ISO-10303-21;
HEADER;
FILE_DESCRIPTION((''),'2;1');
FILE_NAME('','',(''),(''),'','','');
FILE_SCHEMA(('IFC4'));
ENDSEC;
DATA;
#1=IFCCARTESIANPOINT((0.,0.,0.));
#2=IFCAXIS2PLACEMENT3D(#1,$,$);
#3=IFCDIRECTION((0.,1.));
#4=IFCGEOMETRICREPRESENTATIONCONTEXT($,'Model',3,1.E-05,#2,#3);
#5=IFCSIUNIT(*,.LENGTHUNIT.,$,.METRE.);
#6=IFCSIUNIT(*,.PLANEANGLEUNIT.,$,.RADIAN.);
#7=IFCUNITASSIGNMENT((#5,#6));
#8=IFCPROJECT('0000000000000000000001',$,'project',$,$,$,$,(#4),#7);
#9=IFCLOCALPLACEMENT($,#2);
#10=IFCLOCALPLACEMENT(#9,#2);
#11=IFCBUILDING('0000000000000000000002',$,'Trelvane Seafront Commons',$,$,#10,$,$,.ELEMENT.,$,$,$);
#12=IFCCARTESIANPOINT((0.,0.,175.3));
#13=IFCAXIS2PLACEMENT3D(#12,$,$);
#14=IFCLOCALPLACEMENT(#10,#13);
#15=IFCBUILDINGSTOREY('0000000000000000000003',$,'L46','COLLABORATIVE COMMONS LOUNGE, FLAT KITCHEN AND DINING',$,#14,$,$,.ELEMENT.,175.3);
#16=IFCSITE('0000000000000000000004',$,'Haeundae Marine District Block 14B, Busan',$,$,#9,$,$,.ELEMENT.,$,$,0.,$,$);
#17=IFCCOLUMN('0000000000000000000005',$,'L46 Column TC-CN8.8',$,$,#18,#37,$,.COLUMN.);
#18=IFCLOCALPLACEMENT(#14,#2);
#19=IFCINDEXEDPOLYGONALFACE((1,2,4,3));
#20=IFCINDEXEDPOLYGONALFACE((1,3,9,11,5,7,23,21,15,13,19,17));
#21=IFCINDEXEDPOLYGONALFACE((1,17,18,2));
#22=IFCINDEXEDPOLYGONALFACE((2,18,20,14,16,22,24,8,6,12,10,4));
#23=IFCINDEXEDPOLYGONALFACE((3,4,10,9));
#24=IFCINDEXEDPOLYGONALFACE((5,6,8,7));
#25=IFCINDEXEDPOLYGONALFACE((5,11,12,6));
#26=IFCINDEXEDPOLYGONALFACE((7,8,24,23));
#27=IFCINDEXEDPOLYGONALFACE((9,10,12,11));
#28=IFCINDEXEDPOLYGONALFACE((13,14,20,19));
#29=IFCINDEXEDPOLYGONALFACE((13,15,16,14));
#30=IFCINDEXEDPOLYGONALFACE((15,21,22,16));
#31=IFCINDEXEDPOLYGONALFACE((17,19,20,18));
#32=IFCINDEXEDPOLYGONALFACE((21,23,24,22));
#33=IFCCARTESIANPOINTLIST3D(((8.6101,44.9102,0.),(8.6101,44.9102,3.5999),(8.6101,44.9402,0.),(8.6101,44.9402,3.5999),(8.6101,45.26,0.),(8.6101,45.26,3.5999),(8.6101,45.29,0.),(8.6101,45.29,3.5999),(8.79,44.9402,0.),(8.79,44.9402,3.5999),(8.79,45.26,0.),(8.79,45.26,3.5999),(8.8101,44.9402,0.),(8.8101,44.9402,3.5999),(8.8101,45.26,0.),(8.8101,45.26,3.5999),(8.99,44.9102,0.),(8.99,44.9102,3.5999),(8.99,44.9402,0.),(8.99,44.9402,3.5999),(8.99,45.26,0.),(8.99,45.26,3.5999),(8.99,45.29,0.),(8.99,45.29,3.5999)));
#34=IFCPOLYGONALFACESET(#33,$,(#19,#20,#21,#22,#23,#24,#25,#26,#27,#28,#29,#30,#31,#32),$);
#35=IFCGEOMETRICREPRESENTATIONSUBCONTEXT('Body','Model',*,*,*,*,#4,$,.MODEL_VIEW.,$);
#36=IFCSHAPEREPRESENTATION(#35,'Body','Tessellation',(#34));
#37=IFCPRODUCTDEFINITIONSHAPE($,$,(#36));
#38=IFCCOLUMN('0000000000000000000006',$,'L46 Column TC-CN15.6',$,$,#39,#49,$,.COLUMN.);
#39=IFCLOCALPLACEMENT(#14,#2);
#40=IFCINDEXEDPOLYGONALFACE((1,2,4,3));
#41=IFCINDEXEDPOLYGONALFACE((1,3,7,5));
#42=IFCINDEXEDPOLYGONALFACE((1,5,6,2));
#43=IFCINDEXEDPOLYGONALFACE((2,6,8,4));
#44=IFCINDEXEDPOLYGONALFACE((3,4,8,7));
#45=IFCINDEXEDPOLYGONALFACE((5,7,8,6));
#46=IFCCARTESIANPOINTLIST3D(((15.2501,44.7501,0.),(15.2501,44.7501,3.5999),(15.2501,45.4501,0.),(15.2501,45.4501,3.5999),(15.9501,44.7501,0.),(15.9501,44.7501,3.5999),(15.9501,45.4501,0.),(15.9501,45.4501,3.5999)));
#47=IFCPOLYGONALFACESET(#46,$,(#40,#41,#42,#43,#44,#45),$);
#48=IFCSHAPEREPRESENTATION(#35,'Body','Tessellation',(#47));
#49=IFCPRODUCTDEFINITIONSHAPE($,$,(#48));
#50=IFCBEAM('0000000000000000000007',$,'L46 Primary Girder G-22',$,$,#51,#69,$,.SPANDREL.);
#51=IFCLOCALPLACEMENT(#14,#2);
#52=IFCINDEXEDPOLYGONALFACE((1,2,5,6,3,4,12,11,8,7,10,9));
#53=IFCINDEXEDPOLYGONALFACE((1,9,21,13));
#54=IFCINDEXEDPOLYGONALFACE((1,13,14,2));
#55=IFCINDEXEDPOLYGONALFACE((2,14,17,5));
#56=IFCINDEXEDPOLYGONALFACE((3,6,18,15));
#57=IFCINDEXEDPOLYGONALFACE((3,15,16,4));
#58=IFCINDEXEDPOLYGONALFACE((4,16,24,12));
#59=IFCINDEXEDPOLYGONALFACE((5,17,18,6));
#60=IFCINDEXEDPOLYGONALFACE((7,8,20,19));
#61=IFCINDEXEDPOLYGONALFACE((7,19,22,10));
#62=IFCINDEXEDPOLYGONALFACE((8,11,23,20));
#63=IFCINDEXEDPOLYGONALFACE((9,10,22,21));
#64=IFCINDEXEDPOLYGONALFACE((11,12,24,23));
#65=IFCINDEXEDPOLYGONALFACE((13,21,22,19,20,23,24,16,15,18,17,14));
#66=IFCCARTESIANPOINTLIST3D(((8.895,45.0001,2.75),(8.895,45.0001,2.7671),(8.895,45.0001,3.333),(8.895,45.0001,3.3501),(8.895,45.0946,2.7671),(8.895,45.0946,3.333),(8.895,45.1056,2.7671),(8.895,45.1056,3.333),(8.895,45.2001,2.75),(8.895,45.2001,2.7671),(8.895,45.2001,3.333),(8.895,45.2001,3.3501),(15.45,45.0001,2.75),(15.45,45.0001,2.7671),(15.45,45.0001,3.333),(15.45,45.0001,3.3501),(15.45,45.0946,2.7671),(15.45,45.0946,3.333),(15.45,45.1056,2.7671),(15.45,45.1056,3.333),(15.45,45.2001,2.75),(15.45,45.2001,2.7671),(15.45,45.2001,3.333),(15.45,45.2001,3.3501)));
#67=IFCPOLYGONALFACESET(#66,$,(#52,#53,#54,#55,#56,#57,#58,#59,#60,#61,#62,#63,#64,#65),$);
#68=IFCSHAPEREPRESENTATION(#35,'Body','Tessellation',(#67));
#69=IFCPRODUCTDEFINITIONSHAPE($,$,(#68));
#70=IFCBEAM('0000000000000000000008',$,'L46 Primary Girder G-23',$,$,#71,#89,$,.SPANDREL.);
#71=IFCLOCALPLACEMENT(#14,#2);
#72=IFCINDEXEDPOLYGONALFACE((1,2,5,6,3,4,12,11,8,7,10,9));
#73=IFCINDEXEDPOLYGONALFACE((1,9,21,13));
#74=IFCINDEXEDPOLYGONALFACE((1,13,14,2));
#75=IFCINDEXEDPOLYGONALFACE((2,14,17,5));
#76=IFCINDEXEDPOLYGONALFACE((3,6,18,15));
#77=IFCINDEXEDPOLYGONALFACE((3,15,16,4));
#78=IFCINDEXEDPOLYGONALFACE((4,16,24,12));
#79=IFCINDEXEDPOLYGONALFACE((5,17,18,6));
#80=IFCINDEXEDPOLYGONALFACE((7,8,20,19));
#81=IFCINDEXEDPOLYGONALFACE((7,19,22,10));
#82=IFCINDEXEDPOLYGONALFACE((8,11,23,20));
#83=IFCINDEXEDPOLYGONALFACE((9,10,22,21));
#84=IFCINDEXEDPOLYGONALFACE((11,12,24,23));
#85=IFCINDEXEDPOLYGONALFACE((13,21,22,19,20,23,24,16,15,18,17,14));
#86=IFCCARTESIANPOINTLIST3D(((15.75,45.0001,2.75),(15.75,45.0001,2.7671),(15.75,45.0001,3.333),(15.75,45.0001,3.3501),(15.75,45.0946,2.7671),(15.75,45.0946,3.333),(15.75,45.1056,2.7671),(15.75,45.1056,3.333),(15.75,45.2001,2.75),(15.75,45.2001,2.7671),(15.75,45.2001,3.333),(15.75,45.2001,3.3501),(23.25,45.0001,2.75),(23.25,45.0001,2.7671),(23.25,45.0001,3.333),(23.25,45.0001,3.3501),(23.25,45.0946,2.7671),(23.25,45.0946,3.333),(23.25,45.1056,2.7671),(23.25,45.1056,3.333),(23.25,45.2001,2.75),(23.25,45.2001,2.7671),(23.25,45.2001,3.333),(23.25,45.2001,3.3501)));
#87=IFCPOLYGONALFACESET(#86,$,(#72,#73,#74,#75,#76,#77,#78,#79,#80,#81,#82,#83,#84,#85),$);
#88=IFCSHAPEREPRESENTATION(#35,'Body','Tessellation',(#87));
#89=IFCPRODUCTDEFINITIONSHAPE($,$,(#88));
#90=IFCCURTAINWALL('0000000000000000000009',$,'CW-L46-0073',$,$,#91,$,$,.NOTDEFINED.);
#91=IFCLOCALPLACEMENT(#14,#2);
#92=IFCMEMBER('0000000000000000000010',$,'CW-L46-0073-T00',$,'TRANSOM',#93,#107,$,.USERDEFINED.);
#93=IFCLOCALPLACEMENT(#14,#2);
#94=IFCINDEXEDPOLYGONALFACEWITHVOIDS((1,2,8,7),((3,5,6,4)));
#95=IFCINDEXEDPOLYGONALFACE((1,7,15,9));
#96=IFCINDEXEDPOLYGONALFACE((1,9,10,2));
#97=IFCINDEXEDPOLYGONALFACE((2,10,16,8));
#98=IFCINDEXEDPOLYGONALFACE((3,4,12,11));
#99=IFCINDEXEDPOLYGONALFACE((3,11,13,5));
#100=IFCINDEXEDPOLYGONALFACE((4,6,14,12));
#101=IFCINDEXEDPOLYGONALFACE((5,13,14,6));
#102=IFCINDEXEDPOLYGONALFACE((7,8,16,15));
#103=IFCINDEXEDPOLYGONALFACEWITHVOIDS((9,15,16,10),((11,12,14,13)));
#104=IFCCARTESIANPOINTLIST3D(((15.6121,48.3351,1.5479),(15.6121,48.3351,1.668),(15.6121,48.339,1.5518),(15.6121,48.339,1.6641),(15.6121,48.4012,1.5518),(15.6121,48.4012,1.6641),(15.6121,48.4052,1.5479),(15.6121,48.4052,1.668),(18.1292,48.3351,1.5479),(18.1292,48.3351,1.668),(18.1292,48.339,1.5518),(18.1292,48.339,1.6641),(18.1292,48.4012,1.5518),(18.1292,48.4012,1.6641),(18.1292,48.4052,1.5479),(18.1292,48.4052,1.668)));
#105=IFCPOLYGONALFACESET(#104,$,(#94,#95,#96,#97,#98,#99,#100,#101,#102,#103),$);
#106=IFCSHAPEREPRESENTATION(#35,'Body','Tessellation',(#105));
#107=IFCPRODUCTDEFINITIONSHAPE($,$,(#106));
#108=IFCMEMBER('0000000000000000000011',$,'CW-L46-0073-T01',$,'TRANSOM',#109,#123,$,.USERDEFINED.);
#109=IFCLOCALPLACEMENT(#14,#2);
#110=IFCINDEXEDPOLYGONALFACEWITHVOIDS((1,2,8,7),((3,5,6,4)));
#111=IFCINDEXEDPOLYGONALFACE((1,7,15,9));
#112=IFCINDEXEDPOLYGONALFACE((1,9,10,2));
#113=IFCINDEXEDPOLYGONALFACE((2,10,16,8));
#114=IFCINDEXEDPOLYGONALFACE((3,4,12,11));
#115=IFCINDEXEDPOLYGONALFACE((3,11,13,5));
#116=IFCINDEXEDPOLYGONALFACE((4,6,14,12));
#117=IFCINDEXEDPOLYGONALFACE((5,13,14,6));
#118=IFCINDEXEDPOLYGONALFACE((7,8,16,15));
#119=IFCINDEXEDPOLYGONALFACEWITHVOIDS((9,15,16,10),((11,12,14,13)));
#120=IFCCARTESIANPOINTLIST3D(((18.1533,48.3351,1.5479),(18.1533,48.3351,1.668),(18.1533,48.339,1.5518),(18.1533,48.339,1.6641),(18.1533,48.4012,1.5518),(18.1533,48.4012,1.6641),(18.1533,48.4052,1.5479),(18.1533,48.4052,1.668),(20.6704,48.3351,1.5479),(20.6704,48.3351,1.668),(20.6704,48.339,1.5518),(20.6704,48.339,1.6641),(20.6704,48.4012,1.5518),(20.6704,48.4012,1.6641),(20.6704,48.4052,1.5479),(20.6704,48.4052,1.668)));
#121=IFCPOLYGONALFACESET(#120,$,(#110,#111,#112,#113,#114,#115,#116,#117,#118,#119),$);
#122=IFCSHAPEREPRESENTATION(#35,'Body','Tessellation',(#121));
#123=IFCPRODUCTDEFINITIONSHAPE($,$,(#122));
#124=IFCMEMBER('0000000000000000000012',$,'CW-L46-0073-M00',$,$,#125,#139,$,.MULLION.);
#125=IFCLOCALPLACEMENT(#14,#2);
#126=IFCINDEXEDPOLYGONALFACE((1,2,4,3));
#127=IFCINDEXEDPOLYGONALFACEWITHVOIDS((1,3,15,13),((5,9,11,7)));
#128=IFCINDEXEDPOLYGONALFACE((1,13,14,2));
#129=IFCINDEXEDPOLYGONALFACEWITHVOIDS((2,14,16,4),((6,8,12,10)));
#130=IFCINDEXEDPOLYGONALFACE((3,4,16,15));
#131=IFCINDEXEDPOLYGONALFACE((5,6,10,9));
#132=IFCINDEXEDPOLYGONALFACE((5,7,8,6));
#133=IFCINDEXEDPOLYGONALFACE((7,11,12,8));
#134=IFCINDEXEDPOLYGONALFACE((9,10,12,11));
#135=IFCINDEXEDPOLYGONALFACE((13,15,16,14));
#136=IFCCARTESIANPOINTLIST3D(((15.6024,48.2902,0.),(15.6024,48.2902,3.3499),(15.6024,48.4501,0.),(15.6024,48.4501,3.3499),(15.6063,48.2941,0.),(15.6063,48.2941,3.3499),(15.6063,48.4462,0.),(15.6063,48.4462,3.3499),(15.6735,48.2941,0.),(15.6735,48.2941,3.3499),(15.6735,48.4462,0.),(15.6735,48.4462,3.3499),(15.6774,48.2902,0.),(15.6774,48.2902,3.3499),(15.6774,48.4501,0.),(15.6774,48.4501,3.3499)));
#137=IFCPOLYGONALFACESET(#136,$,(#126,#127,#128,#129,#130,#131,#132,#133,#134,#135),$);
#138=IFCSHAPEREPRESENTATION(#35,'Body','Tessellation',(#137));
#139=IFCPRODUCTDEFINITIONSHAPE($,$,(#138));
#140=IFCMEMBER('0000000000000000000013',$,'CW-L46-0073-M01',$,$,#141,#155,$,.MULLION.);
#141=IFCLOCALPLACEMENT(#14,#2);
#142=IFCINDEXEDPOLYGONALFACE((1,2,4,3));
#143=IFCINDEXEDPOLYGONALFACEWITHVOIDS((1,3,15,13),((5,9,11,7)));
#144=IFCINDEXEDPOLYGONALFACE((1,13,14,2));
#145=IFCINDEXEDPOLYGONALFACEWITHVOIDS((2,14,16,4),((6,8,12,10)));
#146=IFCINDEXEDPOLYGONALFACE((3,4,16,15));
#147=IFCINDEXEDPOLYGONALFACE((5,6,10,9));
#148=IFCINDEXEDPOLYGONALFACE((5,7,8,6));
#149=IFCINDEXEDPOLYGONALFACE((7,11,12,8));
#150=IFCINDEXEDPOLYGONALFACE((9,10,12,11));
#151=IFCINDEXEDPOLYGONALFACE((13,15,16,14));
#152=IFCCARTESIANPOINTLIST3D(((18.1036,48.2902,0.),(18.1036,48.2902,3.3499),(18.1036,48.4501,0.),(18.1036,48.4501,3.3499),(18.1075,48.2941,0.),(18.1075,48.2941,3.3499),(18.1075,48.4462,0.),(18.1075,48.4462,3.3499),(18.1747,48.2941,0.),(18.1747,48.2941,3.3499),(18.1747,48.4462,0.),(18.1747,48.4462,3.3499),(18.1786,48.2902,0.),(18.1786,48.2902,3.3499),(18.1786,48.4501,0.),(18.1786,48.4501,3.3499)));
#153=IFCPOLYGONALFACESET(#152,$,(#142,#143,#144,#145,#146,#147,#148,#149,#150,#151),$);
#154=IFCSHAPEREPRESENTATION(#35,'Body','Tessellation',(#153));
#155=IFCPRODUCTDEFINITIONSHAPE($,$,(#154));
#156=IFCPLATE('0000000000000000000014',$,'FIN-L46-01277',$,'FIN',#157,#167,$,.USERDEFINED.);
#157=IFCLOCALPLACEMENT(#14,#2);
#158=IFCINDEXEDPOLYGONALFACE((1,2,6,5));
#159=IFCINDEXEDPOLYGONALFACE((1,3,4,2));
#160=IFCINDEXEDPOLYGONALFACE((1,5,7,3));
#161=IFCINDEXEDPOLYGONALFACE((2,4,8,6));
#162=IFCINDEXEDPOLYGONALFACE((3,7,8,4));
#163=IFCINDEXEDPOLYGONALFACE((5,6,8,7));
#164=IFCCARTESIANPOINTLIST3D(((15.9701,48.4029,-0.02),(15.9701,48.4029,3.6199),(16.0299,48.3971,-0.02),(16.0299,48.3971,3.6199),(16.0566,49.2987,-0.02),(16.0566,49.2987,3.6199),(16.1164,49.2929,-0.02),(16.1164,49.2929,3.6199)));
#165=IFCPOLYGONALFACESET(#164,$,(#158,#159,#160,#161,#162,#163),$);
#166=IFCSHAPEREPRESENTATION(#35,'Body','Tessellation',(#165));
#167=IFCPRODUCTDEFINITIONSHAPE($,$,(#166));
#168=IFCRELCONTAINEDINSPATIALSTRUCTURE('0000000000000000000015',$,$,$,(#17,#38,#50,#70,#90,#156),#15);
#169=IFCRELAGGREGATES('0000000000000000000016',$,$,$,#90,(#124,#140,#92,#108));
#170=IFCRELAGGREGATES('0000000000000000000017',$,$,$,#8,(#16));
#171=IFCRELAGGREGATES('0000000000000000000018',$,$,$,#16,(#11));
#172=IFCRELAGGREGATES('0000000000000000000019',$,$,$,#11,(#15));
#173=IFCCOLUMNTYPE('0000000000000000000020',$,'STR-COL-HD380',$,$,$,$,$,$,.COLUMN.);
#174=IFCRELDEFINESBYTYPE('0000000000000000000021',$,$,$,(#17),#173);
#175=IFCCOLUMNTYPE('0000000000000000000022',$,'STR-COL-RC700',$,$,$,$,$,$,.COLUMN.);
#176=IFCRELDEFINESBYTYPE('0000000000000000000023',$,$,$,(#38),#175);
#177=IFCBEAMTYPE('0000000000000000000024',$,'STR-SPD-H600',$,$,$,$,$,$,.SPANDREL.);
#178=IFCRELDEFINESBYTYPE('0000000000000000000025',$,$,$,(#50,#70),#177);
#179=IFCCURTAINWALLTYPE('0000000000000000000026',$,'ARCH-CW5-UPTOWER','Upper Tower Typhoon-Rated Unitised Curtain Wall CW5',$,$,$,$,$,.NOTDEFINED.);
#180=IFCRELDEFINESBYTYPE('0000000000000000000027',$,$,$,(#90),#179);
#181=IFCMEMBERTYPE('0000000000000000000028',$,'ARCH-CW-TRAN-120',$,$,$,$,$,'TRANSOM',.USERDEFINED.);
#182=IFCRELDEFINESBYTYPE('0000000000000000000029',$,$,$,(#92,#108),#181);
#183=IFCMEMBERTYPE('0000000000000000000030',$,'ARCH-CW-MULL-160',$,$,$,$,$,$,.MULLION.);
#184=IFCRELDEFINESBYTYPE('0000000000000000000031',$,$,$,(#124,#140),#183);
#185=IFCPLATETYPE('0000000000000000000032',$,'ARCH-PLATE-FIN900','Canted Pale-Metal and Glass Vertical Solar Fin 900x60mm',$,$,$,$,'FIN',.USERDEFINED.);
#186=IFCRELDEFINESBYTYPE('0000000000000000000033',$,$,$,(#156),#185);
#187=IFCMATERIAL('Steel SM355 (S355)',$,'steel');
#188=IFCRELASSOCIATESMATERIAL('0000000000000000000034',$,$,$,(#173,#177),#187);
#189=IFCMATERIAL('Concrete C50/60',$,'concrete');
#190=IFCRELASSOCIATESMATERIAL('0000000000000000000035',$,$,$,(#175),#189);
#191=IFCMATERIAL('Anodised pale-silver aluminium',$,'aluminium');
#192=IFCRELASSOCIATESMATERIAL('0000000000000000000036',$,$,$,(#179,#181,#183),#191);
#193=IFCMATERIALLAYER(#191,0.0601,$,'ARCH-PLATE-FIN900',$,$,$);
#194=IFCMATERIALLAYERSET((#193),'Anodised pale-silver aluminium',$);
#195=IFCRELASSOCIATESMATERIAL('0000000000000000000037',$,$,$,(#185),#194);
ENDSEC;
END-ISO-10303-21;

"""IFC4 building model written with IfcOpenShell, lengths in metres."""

from ifc_helpers import new_model, si_unit, direction, frame, origin, origin_2d, place, context, subcontext, project, spatial, rectangle, hollow_rectangle, i_section, extrude, source, transform, mapped, material, layer, layer_set, material_profile, profile_set, type_object, element, aggregate, save


model = new_model("IFC4")

# Units and contexts
model_context = context("Model", 3, precision=1e-05, world=origin(), true_north=direction((0.0, 1.0)))
body_context = subcontext(model_context, "Body", "Model", "MODEL_VIEW")
ifc_project = project(units=[si_unit("LENGTHUNIT", "METRE"), si_unit("PLANEANGLEUNIT", "RADIAN")], contexts=[model_context])

# Site, building, storey
site_placement = place(None, origin())
site = spatial("IfcSite", under=ifc_project, at=site_placement, Name="Haeundae Marine District Block 14B, Busan", CompositionType="ELEMENT", RefElevation=0.0)
building_placement = place(site_placement, origin())
building = spatial("IfcBuilding", under=site, at=building_placement, Name="Trelvane Seafront Commons", CompositionType="ELEMENT")
storey_placement = place(building_placement, frame((0.0, 0.0, 175.3)))
storey = spatial("IfcBuildingStorey", under=building, at=storey_placement, Name="L46", Description="COLLABORATIVE COMMONS LOUNGE, FLAT KITCHEN AND DINING", CompositionType="ELEMENT", Elevation=175.3)

# Columns
ifc_material_1 = material(Name="Steel SM355 (S355)", Category="steel")
ifc_material_profile_1 = material_profile(ifc_material_1, i_section(OverallWidth=0.3799, OverallDepth=0.3799, WebThickness=0.02, FlangeThickness=0.03, at=origin_2d()), Name="HD-380x380x20x30")
ifc_profile_set_1 = profile_set([ifc_material_profile_1], Name="Steel SM355 (S355)")
column_type_1 = type_object("IfcColumnType", Name="STR-COL-HD380", PredefinedType="COLUMN", material=ifc_profile_set_1)
shared_shape_1 = source(origin(), body_context, "Body", "SweptSolid", [
    extrude(i_section(OverallWidth=0.3799, OverallDepth=0.3799, WebThickness=0.02, FlangeThickness=0.03, at=origin_2d()), origin(), (0.0, 0.0, 1.0), 3.5999),
])
column_1_placement = place(storey_placement, frame((8.8, 45.1001, 0.0), z_axis=(0.0, 0.0, 1.0), x_axis=(1.0, 0.0, 0.0)))
element("IfcColumn", 1, at=column_1_placement, inside=storey, type_object=column_type_1, Name="L46 Column TC-CN8.8", PredefinedType="COLUMN", context=body_context, shape_type="MappedRepresentation", body=[
    mapped(shared_shape_1, transform((0.0, 0.0, 0.0), x_axis=(1.0, 0.0, 0.0), y_axis=(0.0, 1.0, 0.0), z_axis=(0.0, 0.0, 1.0), scale=1.0)),
])
ifc_material_2 = material(Name="Concrete C50/60", Category="concrete")
ifc_material_profile_2 = material_profile(ifc_material_2, rectangle(XDim=0.7, YDim=0.7, at=origin_2d()), Name="RC-700x700")
ifc_profile_set_2 = profile_set([ifc_material_profile_2], Name="Concrete C50/60")
column_type_2 = type_object("IfcColumnType", Name="STR-COL-RC700", PredefinedType="COLUMN", material=ifc_profile_set_2)
shared_shape_2 = source(origin(), body_context, "Body", "SweptSolid", [
    extrude(rectangle(XDim=0.7, YDim=0.7, at=origin_2d()), origin(), (0.0, 0.0, 1.0), 3.5999),
])
column_2_placement = place(storey_placement, frame((15.6001, 45.1001, 0.0), z_axis=(0.0, 0.0, 1.0), x_axis=(1.0, 0.0, 0.0)))
element("IfcColumn", 2, at=column_2_placement, inside=storey, type_object=column_type_2, Name="L46 Column TC-CN15.6", PredefinedType="COLUMN", context=body_context, shape_type="MappedRepresentation", body=[
    mapped(shared_shape_2, transform((0.0, 0.0, 0.0), x_axis=(1.0, 0.0, 0.0), y_axis=(0.0, 1.0, 0.0), z_axis=(0.0, 0.0, 1.0), scale=1.0)),
])

# Beams
ifc_material_profile_3 = material_profile(ifc_material_1, i_section(OverallWidth=0.2, OverallDepth=0.6001, WebThickness=0.011, FlangeThickness=0.0171, at=origin_2d()), Name="H-600x200x11x17")
ifc_profile_set_3 = profile_set([ifc_material_profile_3], Name="Steel SM355 (S355)")
beam_type = type_object("IfcBeamType", Name="STR-SPD-H600", PredefinedType="SPANDREL", material=ifc_profile_set_3)
shared_shape_3 = source(origin(), body_context, "Body", "SweptSolid", [
    extrude(i_section(OverallWidth=0.2, OverallDepth=0.6001, WebThickness=0.011, FlangeThickness=0.0171, at=origin_2d()), origin(), (0.0, 0.0, 1.0), 6.5549),
])
beam_1_placement = place(storey_placement, frame((8.895, 45.1001, 3.05), z_axis=(1.0, 0.0, 0.0), x_axis=(0.0, 1.0, 0.0)))
element("IfcBeam", 3, at=beam_1_placement, inside=storey, type_object=beam_type, Name="L46 Primary Girder G-22", PredefinedType="SPANDREL", context=body_context, shape_type="MappedRepresentation", body=[
    mapped(shared_shape_3, transform((0.0, 0.0, 0.0), x_axis=(1.0, 0.0, 0.0), y_axis=(0.0, 1.0, 0.0), z_axis=(0.0, 0.0, 1.0), scale=1.0)),
])
shared_shape_4 = source(origin(), body_context, "Body", "SweptSolid", [
    extrude(i_section(OverallWidth=0.2, OverallDepth=0.6001, WebThickness=0.011, FlangeThickness=0.0171, at=origin_2d()), origin(), (0.0, 0.0, 1.0), 7.5),
])
beam_2_placement = place(storey_placement, frame((15.75, 45.1001, 3.05), z_axis=(1.0, 0.0, 0.0), x_axis=(0.0, 1.0, 0.0)))
element("IfcBeam", 4, at=beam_2_placement, inside=storey, type_object=beam_type, Name="L46 Primary Girder G-23", PredefinedType="SPANDREL", context=body_context, shape_type="MappedRepresentation", body=[
    mapped(shared_shape_4, transform((0.0, 0.0, 0.0), x_axis=(1.0, 0.0, 0.0), y_axis=(0.0, 1.0, 0.0), z_axis=(0.0, 0.0, 1.0), scale=1.0)),
])

# Curtain wall, members
ifc_material_3 = material(Name="Anodised pale-silver aluminium", Category="aluminium")
curtain_wall_type = type_object("IfcCurtainWallType", Name="ARCH-CW5-UPTOWER", Description="Upper Tower Typhoon-Rated Unitised Curtain Wall CW5", PredefinedType="NOTDEFINED", material=ifc_material_3)
curtain_wall_placement = place(storey_placement, origin())
curtain_wall = element("IfcCurtainWall", 5, at=curtain_wall_placement, inside=storey, type_object=curtain_wall_type, Name="CW-L46-0073", PredefinedType="NOTDEFINED")
ifc_material_profile_4 = material_profile(ifc_material_3, hollow_rectangle(XDim=0.0701, YDim=0.1201, WallThickness=0.0039, at=origin_2d()), Name="TRAN-70x120x4")
ifc_profile_set_4 = profile_set([ifc_material_profile_4], Name="Anodised pale-silver aluminium")
member_type_1 = type_object("IfcMemberType", Name="ARCH-CW-TRAN-120", ElementType="TRANSOM", PredefinedType="USERDEFINED", material=ifc_profile_set_4)
shared_shape_5 = source(origin(), body_context, "Body", "SweptSolid", [
    extrude(hollow_rectangle(XDim=0.0701, YDim=0.1201, WallThickness=0.0039, at=origin_2d()), origin(), (0.0, 0.0, 1.0), 2.5171),
])
member_1_placement = place(storey_placement, frame((15.6121, 48.3701, 1.6079), z_axis=(1.0, 0.0, 0.0), x_axis=(0.0, 1.0, 0.0)))
member_1 = element("IfcMember", 6, at=member_1_placement, type_object=member_type_1, Name="CW-L46-0073-T00", ObjectType="TRANSOM", PredefinedType="USERDEFINED", context=body_context, shape_type="MappedRepresentation", body=[
    mapped(shared_shape_5, transform((0.0, 0.0, 0.0), x_axis=(1.0, 0.0, 0.0), y_axis=(0.0, 1.0, 0.0), z_axis=(0.0, 0.0, 1.0), scale=1.0)),
])
member_2_placement = place(storey_placement, frame((18.1533, 48.3701, 1.6079), z_axis=(1.0, 0.0, 0.0), x_axis=(0.0, 1.0, 0.0)))
member_2 = element("IfcMember", 7, at=member_2_placement, type_object=member_type_1, Name="CW-L46-0073-T01", ObjectType="TRANSOM", PredefinedType="USERDEFINED", context=body_context, shape_type="MappedRepresentation", body=[
    mapped(shared_shape_5, transform((0.0, 0.0, 0.0), x_axis=(1.0, 0.0, 0.0), y_axis=(0.0, 1.0, 0.0), z_axis=(0.0, 0.0, 1.0), scale=1.0)),
])
ifc_material_profile_5 = material_profile(ifc_material_3, hollow_rectangle(XDim=0.075, YDim=0.1599, WallThickness=0.0039, at=origin_2d()), Name="MULL-75x160x4")
ifc_profile_set_5 = profile_set([ifc_material_profile_5], Name="Anodised pale-silver aluminium")
member_type_2 = type_object("IfcMemberType", Name="ARCH-CW-MULL-160", PredefinedType="MULLION", material=ifc_profile_set_5)
shared_shape_6 = source(origin(), body_context, "Body", "SweptSolid", [
    extrude(hollow_rectangle(XDim=0.075, YDim=0.1599, WallThickness=0.0039, at=origin_2d()), origin(), (0.0, 0.0, 1.0), 3.3499),
])
member_3_placement = place(storey_placement, frame((15.6399, 48.3701, 0.0), z_axis=(0.0, 0.0, 1.0), x_axis=(1.0, 0.0, 0.0)))
member_3 = element("IfcMember", 8, at=member_3_placement, type_object=member_type_2, Name="CW-L46-0073-M00", PredefinedType="MULLION", context=body_context, shape_type="MappedRepresentation", body=[
    mapped(shared_shape_6, transform((0.0, 0.0, 0.0), x_axis=(1.0, 0.0, 0.0), y_axis=(0.0, 1.0, 0.0), z_axis=(0.0, 0.0, 1.0), scale=1.0)),
])
member_4_placement = place(storey_placement, frame((18.1411, 48.3701, 0.0), z_axis=(0.0, 0.0, 1.0), x_axis=(1.0, 0.0, 0.0)))
member_4 = element("IfcMember", 9, at=member_4_placement, type_object=member_type_2, Name="CW-L46-0073-M01", PredefinedType="MULLION", context=body_context, shape_type="MappedRepresentation", body=[
    mapped(shared_shape_6, transform((0.0, 0.0, 0.0), x_axis=(1.0, 0.0, 0.0), y_axis=(0.0, 1.0, 0.0), z_axis=(0.0, 0.0, 1.0), scale=1.0)),
])

# Plate
ifc_layer_1 = layer(ifc_material_3, 0.0601, Name="ARCH-PLATE-FIN900")
ifc_layer_set_1 = layer_set([ifc_layer_1], Name="Anodised pale-silver aluminium")
plate_type_1 = type_object("IfcPlateType", Name="ARCH-PLATE-FIN900", Description="Canted Pale-Metal and Glass Vertical Solar Fin 900x60mm", ElementType="FIN", PredefinedType="USERDEFINED", material=ifc_layer_set_1)
shared_shape_7 = source(origin(), body_context, "Body", "SweptSolid", [
    extrude(rectangle(XDim=0.8999, YDim=0.0601, at=origin_2d()), origin(), (0.0, 0.0, 1.0), 3.6399),
])
for number, where, z_axis, x_axis, name in (
    (10, (16.0432, 48.8479, -0.02), (0.0, 0.0, 1.0), (0.096115, 0.99537, 0.0), "FIN-L46-01277"),
):
    element("IfcPlate", number, at=place(storey_placement, frame(where, z_axis=z_axis, x_axis=x_axis)), inside=storey, type_object=plate_type_1, Name=name, ObjectType="FIN", PredefinedType="USERDEFINED", context=body_context, shape_type="MappedRepresentation", body=[
        mapped(shared_shape_7, transform((0.0, 0.0, 0.0), x_axis=(1.0, 0.0, 0.0), y_axis=(0.0, 1.0, 0.0), z_axis=(0.0, 0.0, 1.0), scale=1.0)),
    ])

aggregate(curtain_wall, [member_3, member_4, member_1, member_2])

save(model, "model.ifc")
